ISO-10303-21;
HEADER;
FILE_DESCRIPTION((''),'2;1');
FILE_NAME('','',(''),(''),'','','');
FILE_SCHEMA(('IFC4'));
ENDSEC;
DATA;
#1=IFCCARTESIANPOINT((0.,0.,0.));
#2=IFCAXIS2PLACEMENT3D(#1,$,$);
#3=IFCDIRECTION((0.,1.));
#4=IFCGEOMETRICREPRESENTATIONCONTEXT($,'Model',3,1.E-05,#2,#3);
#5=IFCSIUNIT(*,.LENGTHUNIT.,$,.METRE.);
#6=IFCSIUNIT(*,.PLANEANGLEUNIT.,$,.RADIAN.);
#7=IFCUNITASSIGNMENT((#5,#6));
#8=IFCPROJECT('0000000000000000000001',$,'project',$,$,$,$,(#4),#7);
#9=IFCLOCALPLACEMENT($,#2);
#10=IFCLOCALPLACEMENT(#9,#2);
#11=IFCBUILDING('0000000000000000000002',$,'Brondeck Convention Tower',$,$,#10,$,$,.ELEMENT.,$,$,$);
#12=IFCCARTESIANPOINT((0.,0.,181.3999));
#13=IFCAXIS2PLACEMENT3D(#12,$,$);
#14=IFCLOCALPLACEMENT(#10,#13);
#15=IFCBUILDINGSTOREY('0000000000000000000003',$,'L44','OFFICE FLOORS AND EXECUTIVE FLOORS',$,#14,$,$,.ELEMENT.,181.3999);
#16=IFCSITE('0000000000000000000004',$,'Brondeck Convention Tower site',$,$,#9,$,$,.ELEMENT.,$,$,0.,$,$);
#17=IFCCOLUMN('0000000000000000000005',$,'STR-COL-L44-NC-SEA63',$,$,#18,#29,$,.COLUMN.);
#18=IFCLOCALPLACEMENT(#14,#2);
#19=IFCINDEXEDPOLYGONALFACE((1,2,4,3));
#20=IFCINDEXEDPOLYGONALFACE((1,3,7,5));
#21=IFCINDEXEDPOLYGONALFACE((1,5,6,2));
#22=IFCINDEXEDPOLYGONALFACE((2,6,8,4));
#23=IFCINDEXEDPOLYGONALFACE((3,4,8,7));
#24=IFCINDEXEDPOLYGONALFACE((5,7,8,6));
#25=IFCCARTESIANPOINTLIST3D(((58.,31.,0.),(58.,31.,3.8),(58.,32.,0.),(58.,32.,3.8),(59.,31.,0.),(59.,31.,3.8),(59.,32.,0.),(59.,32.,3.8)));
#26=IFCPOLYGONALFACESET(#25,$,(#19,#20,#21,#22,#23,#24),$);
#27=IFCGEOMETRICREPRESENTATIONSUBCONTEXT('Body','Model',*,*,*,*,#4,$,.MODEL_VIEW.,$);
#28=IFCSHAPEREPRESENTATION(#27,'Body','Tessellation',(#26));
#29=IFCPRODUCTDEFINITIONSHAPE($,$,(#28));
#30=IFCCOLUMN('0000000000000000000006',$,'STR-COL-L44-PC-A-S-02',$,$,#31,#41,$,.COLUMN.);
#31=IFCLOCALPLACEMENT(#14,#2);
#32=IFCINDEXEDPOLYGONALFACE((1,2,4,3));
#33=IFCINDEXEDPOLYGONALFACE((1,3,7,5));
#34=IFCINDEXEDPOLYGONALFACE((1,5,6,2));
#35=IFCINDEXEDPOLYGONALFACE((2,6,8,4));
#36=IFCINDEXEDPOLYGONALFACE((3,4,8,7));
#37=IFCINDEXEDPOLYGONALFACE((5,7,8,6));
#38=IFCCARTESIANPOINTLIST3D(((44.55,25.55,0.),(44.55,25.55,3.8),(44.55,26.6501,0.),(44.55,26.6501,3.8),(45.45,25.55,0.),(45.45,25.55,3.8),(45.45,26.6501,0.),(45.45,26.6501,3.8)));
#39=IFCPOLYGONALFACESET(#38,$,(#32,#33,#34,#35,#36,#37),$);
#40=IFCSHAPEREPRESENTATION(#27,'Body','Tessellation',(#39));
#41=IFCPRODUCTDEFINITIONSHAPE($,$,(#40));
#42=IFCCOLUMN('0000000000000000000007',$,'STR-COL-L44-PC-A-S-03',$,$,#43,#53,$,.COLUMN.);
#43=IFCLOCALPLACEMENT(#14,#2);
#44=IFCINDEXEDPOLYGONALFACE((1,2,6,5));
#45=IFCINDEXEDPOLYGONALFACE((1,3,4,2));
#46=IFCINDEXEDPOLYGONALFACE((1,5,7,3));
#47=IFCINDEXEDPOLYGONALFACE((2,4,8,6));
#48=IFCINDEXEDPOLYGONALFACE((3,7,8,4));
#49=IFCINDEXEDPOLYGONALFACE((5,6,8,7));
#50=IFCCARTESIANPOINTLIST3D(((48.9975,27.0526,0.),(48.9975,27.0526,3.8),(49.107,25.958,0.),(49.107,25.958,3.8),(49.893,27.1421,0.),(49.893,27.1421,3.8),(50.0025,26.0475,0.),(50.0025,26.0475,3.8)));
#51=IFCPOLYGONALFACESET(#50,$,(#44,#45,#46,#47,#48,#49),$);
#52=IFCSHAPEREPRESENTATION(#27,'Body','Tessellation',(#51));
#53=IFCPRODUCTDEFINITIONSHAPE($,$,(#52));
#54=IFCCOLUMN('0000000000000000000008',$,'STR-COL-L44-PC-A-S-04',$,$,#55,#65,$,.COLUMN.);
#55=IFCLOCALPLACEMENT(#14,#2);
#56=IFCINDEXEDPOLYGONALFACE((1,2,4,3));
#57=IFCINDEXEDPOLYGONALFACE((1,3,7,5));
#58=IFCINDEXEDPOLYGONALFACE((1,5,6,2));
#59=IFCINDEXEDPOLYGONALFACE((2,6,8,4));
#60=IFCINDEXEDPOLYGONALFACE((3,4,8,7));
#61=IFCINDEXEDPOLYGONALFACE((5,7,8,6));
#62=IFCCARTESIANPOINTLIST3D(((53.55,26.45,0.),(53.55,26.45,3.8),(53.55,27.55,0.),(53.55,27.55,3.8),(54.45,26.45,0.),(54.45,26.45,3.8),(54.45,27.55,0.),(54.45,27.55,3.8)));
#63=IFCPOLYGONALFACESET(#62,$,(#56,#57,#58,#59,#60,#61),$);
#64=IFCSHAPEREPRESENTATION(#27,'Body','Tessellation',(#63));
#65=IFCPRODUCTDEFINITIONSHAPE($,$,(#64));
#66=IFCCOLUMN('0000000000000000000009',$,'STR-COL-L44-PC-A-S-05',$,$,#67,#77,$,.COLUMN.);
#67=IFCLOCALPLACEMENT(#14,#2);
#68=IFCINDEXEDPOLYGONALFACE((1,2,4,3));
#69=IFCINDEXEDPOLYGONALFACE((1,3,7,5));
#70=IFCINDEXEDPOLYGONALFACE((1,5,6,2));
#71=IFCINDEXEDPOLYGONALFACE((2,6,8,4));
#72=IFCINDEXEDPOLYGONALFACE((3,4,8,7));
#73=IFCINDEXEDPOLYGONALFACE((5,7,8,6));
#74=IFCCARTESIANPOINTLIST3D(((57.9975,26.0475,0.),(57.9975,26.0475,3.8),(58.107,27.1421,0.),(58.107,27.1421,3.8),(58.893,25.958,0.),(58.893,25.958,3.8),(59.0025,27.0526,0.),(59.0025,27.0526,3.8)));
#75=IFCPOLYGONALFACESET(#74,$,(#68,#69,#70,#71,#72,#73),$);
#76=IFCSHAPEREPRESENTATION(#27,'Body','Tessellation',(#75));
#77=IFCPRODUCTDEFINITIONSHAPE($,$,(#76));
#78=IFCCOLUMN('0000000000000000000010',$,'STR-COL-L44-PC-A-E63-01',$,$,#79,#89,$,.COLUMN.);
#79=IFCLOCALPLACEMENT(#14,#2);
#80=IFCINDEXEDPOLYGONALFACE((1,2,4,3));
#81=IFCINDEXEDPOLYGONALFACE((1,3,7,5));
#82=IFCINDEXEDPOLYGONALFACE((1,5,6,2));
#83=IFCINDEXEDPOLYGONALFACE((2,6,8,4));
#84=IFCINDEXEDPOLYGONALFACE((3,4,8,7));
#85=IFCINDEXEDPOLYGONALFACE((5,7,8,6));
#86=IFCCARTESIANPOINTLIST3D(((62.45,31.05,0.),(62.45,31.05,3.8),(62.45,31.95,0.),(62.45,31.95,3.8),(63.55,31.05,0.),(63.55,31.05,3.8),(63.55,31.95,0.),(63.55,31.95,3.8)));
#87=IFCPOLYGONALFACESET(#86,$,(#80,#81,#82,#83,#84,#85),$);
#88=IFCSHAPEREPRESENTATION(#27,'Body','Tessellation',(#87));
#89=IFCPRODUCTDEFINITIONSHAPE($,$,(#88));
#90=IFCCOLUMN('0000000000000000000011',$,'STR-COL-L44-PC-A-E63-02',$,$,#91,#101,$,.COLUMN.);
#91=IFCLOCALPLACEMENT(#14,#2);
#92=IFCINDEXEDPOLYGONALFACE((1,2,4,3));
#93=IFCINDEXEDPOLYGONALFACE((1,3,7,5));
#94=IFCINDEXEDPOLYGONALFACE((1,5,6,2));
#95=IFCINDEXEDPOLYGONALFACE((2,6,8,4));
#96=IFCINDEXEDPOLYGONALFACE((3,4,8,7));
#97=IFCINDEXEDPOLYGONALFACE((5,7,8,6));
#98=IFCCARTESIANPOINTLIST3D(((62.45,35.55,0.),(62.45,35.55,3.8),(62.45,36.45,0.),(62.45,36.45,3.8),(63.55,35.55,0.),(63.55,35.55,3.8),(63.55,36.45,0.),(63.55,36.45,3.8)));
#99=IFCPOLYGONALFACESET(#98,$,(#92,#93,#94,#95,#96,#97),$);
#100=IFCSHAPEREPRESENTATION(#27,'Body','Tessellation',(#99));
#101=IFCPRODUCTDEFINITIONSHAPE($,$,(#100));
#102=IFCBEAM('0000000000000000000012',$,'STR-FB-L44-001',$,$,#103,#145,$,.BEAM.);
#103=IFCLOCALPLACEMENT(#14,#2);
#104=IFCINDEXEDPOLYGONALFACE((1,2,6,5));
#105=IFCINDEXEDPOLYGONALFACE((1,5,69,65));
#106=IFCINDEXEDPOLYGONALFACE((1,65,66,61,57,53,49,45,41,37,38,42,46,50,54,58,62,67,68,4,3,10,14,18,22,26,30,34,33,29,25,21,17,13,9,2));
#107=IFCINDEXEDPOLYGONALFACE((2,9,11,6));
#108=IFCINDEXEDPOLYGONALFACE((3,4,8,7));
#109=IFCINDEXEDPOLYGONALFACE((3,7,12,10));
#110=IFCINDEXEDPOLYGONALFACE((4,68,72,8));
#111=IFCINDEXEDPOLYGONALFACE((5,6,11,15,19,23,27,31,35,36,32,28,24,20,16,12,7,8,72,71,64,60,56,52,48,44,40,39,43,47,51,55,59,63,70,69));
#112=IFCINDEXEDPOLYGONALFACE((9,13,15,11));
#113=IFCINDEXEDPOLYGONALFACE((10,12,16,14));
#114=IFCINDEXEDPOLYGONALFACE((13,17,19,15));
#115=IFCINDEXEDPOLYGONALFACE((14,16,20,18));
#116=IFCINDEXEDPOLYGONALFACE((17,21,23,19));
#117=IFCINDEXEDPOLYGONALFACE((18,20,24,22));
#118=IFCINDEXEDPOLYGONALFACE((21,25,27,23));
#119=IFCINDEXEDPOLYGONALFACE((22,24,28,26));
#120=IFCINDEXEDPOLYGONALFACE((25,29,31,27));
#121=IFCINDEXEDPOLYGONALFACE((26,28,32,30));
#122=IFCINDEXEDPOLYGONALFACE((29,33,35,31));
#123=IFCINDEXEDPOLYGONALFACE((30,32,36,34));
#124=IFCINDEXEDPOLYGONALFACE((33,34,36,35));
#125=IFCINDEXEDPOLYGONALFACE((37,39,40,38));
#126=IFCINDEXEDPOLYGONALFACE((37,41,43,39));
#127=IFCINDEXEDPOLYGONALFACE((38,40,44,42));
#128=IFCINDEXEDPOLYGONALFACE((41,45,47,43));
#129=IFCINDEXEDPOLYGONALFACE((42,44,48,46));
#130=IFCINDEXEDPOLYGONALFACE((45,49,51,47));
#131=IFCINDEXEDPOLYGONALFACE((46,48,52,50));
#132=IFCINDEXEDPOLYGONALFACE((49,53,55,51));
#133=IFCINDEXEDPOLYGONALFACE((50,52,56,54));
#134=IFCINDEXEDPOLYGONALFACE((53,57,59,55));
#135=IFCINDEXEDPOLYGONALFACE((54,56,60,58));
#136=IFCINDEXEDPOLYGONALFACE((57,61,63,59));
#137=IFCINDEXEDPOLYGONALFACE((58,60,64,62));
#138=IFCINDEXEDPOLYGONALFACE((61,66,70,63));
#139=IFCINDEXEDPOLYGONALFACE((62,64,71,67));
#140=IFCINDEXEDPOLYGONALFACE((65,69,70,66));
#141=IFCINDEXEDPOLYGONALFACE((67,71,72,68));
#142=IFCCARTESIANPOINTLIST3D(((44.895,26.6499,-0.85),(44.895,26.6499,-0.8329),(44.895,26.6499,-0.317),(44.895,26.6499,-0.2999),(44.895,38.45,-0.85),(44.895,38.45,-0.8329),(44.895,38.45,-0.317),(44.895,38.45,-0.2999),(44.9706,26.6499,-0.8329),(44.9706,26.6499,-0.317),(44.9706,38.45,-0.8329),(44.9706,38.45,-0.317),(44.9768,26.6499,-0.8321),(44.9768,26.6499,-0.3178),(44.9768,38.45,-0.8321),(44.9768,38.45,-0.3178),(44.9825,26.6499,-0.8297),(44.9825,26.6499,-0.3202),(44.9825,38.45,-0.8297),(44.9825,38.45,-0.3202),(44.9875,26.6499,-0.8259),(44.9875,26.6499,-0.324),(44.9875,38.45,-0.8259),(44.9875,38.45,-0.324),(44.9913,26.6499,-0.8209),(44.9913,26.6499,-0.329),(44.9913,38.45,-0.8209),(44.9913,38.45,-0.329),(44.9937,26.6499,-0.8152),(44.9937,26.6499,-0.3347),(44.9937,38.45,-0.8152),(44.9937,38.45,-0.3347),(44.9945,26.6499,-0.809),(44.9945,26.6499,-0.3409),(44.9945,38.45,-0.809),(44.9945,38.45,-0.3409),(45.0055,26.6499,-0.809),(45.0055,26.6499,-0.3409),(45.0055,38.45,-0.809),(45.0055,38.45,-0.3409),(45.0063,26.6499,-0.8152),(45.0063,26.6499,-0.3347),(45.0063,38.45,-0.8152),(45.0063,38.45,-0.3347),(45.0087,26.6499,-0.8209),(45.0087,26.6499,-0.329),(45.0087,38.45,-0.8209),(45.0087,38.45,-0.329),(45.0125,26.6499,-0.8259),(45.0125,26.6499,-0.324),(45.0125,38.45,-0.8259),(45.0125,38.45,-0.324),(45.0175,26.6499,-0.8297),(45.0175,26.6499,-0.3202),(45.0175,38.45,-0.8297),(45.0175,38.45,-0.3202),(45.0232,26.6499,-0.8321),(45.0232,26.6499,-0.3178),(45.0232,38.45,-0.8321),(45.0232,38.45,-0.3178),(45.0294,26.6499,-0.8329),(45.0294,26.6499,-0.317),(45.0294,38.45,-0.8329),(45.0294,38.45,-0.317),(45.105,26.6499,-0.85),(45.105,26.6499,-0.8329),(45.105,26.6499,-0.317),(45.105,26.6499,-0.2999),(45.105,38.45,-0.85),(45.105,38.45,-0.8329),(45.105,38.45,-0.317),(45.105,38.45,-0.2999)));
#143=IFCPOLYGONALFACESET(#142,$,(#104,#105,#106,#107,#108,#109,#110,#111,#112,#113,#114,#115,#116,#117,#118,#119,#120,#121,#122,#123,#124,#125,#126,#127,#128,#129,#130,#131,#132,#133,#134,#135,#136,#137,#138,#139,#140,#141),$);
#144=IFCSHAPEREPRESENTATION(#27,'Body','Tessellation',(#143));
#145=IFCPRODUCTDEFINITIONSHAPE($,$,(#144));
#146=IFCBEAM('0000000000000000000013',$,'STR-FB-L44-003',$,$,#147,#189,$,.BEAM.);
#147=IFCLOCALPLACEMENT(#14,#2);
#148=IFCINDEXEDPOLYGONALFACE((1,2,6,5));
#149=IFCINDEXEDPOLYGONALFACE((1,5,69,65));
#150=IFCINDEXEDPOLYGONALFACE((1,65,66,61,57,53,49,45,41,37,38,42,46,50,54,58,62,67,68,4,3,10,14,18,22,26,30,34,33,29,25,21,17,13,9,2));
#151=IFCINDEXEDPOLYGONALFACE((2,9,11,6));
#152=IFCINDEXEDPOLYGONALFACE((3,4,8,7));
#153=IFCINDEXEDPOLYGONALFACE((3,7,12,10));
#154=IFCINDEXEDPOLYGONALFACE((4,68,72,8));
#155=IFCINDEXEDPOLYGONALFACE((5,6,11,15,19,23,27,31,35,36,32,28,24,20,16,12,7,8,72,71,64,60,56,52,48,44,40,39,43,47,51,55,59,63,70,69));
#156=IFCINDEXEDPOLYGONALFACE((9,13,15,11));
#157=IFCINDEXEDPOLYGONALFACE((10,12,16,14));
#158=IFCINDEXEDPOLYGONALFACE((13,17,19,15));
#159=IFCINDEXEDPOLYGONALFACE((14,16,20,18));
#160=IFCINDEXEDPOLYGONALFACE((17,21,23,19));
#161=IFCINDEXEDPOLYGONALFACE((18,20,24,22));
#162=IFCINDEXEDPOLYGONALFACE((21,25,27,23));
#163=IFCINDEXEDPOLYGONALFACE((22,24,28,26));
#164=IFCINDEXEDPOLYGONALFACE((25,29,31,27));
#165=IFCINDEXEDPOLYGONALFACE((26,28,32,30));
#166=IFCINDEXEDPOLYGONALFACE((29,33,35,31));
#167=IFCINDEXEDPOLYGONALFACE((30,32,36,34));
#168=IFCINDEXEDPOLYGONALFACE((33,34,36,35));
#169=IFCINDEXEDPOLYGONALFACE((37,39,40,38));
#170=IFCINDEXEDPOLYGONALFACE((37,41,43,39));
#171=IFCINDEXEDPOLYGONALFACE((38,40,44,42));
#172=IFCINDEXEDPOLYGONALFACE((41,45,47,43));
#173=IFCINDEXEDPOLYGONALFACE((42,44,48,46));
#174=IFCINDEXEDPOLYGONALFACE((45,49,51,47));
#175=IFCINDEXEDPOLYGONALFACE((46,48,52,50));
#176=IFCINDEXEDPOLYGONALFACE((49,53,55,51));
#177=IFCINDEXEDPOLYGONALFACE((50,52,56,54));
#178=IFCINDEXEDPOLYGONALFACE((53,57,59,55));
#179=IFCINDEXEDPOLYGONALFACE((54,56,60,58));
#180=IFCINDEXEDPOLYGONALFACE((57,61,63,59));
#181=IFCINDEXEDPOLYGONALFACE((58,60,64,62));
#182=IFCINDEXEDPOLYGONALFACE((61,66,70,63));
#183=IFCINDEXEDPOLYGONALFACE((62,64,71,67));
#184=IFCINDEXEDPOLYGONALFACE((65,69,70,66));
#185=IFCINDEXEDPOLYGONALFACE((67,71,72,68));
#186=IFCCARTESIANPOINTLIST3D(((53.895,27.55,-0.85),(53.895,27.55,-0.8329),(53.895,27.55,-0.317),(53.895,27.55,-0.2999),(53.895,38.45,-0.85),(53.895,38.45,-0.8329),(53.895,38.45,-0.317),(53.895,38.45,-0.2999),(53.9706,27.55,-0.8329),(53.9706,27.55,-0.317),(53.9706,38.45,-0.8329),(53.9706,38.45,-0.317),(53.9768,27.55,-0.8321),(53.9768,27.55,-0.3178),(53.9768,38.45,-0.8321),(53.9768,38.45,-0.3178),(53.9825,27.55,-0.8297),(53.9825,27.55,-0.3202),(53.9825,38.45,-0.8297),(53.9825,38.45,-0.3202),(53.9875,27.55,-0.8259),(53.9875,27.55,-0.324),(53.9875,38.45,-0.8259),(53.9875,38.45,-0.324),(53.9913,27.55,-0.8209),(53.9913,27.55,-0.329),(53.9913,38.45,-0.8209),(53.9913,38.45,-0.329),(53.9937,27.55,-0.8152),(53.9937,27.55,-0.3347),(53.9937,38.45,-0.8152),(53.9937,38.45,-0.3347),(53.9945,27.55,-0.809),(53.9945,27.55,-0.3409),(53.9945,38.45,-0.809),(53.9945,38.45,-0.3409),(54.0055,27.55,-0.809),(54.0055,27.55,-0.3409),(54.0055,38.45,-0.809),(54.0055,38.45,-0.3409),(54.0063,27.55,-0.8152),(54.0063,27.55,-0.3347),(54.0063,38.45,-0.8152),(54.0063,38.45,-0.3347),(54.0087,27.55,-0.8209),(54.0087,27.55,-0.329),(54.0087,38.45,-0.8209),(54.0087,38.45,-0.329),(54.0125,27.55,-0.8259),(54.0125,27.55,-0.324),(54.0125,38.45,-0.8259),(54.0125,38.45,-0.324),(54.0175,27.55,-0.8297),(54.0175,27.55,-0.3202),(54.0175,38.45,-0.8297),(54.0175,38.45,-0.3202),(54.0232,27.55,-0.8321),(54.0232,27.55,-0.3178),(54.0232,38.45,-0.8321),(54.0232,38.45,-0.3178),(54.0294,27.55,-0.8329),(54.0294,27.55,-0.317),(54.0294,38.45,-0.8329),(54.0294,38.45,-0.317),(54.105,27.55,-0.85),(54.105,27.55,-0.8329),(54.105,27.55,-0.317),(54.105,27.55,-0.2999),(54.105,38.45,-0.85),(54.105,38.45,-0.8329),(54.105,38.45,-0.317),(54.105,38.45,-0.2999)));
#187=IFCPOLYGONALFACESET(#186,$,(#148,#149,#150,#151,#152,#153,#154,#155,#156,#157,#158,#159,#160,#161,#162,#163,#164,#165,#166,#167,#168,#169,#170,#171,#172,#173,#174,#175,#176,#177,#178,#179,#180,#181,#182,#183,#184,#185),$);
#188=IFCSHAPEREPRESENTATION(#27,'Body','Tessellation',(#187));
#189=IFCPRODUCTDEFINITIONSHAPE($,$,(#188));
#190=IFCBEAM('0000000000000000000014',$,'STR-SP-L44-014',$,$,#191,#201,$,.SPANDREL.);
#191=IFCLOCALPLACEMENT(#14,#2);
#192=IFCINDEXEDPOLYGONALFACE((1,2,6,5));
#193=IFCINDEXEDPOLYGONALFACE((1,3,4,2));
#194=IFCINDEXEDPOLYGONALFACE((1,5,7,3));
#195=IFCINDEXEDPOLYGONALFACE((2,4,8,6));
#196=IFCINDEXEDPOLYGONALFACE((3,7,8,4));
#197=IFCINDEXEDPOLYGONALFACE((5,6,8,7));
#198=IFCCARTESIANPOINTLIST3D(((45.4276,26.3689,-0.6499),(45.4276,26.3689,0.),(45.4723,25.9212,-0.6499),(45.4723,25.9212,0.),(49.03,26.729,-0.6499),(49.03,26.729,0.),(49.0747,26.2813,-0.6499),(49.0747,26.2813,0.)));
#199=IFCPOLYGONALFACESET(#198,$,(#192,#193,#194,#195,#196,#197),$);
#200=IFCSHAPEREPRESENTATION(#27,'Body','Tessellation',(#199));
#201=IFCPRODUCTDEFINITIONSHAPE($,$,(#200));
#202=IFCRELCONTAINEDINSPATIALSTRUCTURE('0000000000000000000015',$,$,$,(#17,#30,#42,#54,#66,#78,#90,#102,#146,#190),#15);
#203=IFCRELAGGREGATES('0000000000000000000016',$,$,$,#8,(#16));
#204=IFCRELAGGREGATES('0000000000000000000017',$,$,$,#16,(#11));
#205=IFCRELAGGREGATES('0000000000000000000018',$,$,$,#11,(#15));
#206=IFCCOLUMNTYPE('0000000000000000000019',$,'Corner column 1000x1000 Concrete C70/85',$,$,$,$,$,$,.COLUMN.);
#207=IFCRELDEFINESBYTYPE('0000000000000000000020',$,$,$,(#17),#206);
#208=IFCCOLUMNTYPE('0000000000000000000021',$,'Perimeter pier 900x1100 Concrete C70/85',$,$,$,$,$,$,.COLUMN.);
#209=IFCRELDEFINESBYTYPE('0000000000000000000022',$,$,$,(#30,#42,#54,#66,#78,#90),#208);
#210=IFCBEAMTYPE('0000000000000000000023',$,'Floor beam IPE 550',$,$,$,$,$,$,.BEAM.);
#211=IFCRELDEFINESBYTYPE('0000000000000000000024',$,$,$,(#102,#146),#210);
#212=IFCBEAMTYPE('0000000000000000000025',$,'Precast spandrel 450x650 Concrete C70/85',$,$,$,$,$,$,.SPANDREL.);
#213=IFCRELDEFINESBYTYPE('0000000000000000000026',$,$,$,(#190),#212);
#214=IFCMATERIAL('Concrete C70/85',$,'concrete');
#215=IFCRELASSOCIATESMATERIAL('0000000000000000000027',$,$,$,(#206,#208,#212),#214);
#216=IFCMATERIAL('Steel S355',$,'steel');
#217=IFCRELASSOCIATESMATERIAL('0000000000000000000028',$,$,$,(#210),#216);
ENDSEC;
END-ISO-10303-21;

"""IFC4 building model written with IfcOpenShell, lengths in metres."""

from ifc_helpers import new_model, si_unit, direction, frame, origin, origin_2d, place, context, subcontext, project, spatial, rectangle, i_section, extrude, material, material_profile, profile_set, type_object, element, save


model = new_model("IFC4")

# Units and contexts
model_context = context("Model", 3, precision=1e-05, world=origin(), true_north=direction((0.0, 1.0)))
body_context = subcontext(model_context, "Body", "Model", "MODEL_VIEW")
ifc_project = project(units=[si_unit("LENGTHUNIT", "METRE"), si_unit("PLANEANGLEUNIT", "RADIAN")], contexts=[model_context])

# Site, building, storey
site_placement = place(None, origin())
site = spatial("IfcSite", under=ifc_project, at=site_placement, Name="Brondeck Convention Tower site", CompositionType="ELEMENT", RefElevation=0.0)
building_placement = place(site_placement, origin())
building = spatial("IfcBuilding", under=site, at=building_placement, Name="Brondeck Convention Tower", CompositionType="ELEMENT")
storey_placement = place(building_placement, frame((0.0, 0.0, 181.3999)))
storey = spatial("IfcBuildingStorey", under=building, at=storey_placement, Name="L44", Description="OFFICE FLOORS AND EXECUTIVE FLOORS", CompositionType="ELEMENT", Elevation=181.3999)

# Columns
ifc_material_1 = material(Name="Concrete C70/85", Category="concrete")
ifc_material_profile_1 = material_profile(ifc_material_1, rectangle(XDim=1.0, YDim=1.0, at=origin_2d()), Name="Corner column 1000x1000 Concrete C70/85")
ifc_profile_set_1 = profile_set([ifc_material_profile_1], Name="Concrete C70/85")
column_type_1 = type_object("IfcColumnType", Name="Corner column 1000x1000 Concrete C70/85", PredefinedType="COLUMN", material=ifc_profile_set_1)
column_placement = place(storey_placement, frame((58.5, 31.5, 0.0), z_axis=(0.0, 0.0, 1.0), x_axis=(1.0, 0.0, 0.0)))
element("IfcColumn", 1, at=column_placement, inside=storey, type_object=column_type_1, Name="STR-COL-L44-NC-SEA63", PredefinedType="COLUMN", context=body_context, shape_type="SweptSolid", body=[
    extrude(rectangle(XDim=1.0, YDim=1.0, at=origin_2d()), origin(), (0.0, 0.0, 1.0), 3.8),
])
ifc_material_profile_2 = material_profile(ifc_material_1, rectangle(XDim=0.8999, YDim=1.1001, at=origin_2d()), Name="Perimeter pier 900x1100 Concrete C70/85")
ifc_profile_set_2 = profile_set([ifc_material_profile_2], Name="Concrete C70/85")
column_type_2 = type_object("IfcColumnType", Name="Perimeter pier 900x1100 Concrete C70/85", PredefinedType="COLUMN", material=ifc_profile_set_2)
for number, where, z_axis, x_axis, name in (
    (2, (45.0, 26.1001, 0.0), (0.0, 0.0, 1.0), (1.0, 0.0, 0.0), "STR-COL-L44-PC-A-S-02"),
    (3, (49.5, 26.55, 0.0), (0.0, 0.0, 1.0), (0.995037, 0.099504, 0.0), "STR-COL-L44-PC-A-S-03"),
    (4, (54.0, 27.0, 0.0), (0.0, 0.0, 1.0), (1.0, 0.0, 0.0), "STR-COL-L44-PC-A-S-04"),
    (5, (58.5, 26.55, 0.0), (0.0, 0.0, 1.0), (0.995037, -0.099504, 0.0), "STR-COL-L44-PC-A-S-05"),
    (6, (63.0, 31.5, 0.0), (0.0, 0.0, 1.0), (0.0, 1.0, 0.0), "STR-COL-L44-PC-A-E63-01"),
    (7, (63.0, 36.0, 0.0), (0.0, 0.0, 1.0), (0.0, 1.0, 0.0), "STR-COL-L44-PC-A-E63-02"),
):
    element("IfcColumn", number, at=place(storey_placement, frame(where, z_axis=z_axis, x_axis=x_axis)), inside=storey, type_object=column_type_2, Name=name, PredefinedType="COLUMN", context=body_context, shape_type="SweptSolid", body=[
        extrude(rectangle(XDim=0.8999, YDim=1.1001, at=origin_2d()), origin(), (0.0, 0.0, 1.0), 3.8),
    ])

# Beams
ifc_material_2 = material(Name="Steel S355", Category="steel")
ifc_material_profile_3 = material_profile(ifc_material_2, i_section(OverallWidth=0.21, OverallDepth=0.55, WebThickness=0.011, FlangeThickness=0.0171, FilletRadius=0.0239, at=origin_2d()), Name="IPE 550")
ifc_profile_set_3 = profile_set([ifc_material_profile_3], Name="Steel S355")
beam_type_1 = type_object("IfcBeamType", Name="Floor beam IPE 550", PredefinedType="BEAM", material=ifc_profile_set_3)
beam_1_placement = place(storey_placement, frame((45.0, 26.6499, -0.575), z_axis=(0.0, 1.0, 0.0), x_axis=(-1.0, 0.0, 0.0)))
element("IfcBeam", 8, at=beam_1_placement, inside=storey, type_object=beam_type_1, Name="STR-FB-L44-001", PredefinedType="BEAM", context=body_context, shape_type="SweptSolid", body=[
    extrude(i_section(OverallWidth=0.21, OverallDepth=0.55, WebThickness=0.011, FlangeThickness=0.0171, FilletRadius=0.0239, at=origin_2d()), origin(), (0.0, 0.0, 1.0), 11.8),
])
beam_2_placement = place(storey_placement, frame((54.0, 27.55, -0.575), z_axis=(0.0, 1.0, 0.0), x_axis=(-1.0, 0.0, 0.0)))
element("IfcBeam", 9, at=beam_2_placement, inside=storey, type_object=beam_type_1, Name="STR-FB-L44-003", PredefinedType="BEAM", context=body_context, shape_type="SweptSolid", body=[
    extrude(i_section(OverallWidth=0.21, OverallDepth=0.55, WebThickness=0.011, FlangeThickness=0.0171, FilletRadius=0.0239, at=origin_2d()), origin(), (0.0, 0.0, 1.0), 10.8999),
])
ifc_material_profile_4 = material_profile(ifc_material_1, rectangle(XDim=0.45, YDim=0.6499, at=origin_2d()), Name="Precast spandrel 450x650 Concrete C70/85")
ifc_profile_set_4 = profile_set([ifc_material_profile_4], Name="Concrete C70/85")
beam_type_2 = type_object("IfcBeamType", Name="Precast spandrel 450x650 Concrete C70/85", PredefinedType="SPANDREL", material=ifc_profile_set_4)
for number, where, z_axis, x_axis, name in (
    (10, (45.45, 26.145, -0.325), (0.995041, 0.09947, 0.0), (-0.09947, 0.995041, 0.0), "STR-SP-L44-014"),
):
    element("IfcBeam", number, at=place(storey_placement, frame(where, z_axis=z_axis, x_axis=x_axis)), inside=storey, type_object=beam_type_2, Name=name, PredefinedType="SPANDREL", context=body_context, shape_type="SweptSolid", body=[
        extrude(rectangle(XDim=0.45, YDim=0.6499, at=origin_2d()), origin(), (0.0, 0.0, 1.0), 3.6204),
    ])

save(model, "model.ifc")
